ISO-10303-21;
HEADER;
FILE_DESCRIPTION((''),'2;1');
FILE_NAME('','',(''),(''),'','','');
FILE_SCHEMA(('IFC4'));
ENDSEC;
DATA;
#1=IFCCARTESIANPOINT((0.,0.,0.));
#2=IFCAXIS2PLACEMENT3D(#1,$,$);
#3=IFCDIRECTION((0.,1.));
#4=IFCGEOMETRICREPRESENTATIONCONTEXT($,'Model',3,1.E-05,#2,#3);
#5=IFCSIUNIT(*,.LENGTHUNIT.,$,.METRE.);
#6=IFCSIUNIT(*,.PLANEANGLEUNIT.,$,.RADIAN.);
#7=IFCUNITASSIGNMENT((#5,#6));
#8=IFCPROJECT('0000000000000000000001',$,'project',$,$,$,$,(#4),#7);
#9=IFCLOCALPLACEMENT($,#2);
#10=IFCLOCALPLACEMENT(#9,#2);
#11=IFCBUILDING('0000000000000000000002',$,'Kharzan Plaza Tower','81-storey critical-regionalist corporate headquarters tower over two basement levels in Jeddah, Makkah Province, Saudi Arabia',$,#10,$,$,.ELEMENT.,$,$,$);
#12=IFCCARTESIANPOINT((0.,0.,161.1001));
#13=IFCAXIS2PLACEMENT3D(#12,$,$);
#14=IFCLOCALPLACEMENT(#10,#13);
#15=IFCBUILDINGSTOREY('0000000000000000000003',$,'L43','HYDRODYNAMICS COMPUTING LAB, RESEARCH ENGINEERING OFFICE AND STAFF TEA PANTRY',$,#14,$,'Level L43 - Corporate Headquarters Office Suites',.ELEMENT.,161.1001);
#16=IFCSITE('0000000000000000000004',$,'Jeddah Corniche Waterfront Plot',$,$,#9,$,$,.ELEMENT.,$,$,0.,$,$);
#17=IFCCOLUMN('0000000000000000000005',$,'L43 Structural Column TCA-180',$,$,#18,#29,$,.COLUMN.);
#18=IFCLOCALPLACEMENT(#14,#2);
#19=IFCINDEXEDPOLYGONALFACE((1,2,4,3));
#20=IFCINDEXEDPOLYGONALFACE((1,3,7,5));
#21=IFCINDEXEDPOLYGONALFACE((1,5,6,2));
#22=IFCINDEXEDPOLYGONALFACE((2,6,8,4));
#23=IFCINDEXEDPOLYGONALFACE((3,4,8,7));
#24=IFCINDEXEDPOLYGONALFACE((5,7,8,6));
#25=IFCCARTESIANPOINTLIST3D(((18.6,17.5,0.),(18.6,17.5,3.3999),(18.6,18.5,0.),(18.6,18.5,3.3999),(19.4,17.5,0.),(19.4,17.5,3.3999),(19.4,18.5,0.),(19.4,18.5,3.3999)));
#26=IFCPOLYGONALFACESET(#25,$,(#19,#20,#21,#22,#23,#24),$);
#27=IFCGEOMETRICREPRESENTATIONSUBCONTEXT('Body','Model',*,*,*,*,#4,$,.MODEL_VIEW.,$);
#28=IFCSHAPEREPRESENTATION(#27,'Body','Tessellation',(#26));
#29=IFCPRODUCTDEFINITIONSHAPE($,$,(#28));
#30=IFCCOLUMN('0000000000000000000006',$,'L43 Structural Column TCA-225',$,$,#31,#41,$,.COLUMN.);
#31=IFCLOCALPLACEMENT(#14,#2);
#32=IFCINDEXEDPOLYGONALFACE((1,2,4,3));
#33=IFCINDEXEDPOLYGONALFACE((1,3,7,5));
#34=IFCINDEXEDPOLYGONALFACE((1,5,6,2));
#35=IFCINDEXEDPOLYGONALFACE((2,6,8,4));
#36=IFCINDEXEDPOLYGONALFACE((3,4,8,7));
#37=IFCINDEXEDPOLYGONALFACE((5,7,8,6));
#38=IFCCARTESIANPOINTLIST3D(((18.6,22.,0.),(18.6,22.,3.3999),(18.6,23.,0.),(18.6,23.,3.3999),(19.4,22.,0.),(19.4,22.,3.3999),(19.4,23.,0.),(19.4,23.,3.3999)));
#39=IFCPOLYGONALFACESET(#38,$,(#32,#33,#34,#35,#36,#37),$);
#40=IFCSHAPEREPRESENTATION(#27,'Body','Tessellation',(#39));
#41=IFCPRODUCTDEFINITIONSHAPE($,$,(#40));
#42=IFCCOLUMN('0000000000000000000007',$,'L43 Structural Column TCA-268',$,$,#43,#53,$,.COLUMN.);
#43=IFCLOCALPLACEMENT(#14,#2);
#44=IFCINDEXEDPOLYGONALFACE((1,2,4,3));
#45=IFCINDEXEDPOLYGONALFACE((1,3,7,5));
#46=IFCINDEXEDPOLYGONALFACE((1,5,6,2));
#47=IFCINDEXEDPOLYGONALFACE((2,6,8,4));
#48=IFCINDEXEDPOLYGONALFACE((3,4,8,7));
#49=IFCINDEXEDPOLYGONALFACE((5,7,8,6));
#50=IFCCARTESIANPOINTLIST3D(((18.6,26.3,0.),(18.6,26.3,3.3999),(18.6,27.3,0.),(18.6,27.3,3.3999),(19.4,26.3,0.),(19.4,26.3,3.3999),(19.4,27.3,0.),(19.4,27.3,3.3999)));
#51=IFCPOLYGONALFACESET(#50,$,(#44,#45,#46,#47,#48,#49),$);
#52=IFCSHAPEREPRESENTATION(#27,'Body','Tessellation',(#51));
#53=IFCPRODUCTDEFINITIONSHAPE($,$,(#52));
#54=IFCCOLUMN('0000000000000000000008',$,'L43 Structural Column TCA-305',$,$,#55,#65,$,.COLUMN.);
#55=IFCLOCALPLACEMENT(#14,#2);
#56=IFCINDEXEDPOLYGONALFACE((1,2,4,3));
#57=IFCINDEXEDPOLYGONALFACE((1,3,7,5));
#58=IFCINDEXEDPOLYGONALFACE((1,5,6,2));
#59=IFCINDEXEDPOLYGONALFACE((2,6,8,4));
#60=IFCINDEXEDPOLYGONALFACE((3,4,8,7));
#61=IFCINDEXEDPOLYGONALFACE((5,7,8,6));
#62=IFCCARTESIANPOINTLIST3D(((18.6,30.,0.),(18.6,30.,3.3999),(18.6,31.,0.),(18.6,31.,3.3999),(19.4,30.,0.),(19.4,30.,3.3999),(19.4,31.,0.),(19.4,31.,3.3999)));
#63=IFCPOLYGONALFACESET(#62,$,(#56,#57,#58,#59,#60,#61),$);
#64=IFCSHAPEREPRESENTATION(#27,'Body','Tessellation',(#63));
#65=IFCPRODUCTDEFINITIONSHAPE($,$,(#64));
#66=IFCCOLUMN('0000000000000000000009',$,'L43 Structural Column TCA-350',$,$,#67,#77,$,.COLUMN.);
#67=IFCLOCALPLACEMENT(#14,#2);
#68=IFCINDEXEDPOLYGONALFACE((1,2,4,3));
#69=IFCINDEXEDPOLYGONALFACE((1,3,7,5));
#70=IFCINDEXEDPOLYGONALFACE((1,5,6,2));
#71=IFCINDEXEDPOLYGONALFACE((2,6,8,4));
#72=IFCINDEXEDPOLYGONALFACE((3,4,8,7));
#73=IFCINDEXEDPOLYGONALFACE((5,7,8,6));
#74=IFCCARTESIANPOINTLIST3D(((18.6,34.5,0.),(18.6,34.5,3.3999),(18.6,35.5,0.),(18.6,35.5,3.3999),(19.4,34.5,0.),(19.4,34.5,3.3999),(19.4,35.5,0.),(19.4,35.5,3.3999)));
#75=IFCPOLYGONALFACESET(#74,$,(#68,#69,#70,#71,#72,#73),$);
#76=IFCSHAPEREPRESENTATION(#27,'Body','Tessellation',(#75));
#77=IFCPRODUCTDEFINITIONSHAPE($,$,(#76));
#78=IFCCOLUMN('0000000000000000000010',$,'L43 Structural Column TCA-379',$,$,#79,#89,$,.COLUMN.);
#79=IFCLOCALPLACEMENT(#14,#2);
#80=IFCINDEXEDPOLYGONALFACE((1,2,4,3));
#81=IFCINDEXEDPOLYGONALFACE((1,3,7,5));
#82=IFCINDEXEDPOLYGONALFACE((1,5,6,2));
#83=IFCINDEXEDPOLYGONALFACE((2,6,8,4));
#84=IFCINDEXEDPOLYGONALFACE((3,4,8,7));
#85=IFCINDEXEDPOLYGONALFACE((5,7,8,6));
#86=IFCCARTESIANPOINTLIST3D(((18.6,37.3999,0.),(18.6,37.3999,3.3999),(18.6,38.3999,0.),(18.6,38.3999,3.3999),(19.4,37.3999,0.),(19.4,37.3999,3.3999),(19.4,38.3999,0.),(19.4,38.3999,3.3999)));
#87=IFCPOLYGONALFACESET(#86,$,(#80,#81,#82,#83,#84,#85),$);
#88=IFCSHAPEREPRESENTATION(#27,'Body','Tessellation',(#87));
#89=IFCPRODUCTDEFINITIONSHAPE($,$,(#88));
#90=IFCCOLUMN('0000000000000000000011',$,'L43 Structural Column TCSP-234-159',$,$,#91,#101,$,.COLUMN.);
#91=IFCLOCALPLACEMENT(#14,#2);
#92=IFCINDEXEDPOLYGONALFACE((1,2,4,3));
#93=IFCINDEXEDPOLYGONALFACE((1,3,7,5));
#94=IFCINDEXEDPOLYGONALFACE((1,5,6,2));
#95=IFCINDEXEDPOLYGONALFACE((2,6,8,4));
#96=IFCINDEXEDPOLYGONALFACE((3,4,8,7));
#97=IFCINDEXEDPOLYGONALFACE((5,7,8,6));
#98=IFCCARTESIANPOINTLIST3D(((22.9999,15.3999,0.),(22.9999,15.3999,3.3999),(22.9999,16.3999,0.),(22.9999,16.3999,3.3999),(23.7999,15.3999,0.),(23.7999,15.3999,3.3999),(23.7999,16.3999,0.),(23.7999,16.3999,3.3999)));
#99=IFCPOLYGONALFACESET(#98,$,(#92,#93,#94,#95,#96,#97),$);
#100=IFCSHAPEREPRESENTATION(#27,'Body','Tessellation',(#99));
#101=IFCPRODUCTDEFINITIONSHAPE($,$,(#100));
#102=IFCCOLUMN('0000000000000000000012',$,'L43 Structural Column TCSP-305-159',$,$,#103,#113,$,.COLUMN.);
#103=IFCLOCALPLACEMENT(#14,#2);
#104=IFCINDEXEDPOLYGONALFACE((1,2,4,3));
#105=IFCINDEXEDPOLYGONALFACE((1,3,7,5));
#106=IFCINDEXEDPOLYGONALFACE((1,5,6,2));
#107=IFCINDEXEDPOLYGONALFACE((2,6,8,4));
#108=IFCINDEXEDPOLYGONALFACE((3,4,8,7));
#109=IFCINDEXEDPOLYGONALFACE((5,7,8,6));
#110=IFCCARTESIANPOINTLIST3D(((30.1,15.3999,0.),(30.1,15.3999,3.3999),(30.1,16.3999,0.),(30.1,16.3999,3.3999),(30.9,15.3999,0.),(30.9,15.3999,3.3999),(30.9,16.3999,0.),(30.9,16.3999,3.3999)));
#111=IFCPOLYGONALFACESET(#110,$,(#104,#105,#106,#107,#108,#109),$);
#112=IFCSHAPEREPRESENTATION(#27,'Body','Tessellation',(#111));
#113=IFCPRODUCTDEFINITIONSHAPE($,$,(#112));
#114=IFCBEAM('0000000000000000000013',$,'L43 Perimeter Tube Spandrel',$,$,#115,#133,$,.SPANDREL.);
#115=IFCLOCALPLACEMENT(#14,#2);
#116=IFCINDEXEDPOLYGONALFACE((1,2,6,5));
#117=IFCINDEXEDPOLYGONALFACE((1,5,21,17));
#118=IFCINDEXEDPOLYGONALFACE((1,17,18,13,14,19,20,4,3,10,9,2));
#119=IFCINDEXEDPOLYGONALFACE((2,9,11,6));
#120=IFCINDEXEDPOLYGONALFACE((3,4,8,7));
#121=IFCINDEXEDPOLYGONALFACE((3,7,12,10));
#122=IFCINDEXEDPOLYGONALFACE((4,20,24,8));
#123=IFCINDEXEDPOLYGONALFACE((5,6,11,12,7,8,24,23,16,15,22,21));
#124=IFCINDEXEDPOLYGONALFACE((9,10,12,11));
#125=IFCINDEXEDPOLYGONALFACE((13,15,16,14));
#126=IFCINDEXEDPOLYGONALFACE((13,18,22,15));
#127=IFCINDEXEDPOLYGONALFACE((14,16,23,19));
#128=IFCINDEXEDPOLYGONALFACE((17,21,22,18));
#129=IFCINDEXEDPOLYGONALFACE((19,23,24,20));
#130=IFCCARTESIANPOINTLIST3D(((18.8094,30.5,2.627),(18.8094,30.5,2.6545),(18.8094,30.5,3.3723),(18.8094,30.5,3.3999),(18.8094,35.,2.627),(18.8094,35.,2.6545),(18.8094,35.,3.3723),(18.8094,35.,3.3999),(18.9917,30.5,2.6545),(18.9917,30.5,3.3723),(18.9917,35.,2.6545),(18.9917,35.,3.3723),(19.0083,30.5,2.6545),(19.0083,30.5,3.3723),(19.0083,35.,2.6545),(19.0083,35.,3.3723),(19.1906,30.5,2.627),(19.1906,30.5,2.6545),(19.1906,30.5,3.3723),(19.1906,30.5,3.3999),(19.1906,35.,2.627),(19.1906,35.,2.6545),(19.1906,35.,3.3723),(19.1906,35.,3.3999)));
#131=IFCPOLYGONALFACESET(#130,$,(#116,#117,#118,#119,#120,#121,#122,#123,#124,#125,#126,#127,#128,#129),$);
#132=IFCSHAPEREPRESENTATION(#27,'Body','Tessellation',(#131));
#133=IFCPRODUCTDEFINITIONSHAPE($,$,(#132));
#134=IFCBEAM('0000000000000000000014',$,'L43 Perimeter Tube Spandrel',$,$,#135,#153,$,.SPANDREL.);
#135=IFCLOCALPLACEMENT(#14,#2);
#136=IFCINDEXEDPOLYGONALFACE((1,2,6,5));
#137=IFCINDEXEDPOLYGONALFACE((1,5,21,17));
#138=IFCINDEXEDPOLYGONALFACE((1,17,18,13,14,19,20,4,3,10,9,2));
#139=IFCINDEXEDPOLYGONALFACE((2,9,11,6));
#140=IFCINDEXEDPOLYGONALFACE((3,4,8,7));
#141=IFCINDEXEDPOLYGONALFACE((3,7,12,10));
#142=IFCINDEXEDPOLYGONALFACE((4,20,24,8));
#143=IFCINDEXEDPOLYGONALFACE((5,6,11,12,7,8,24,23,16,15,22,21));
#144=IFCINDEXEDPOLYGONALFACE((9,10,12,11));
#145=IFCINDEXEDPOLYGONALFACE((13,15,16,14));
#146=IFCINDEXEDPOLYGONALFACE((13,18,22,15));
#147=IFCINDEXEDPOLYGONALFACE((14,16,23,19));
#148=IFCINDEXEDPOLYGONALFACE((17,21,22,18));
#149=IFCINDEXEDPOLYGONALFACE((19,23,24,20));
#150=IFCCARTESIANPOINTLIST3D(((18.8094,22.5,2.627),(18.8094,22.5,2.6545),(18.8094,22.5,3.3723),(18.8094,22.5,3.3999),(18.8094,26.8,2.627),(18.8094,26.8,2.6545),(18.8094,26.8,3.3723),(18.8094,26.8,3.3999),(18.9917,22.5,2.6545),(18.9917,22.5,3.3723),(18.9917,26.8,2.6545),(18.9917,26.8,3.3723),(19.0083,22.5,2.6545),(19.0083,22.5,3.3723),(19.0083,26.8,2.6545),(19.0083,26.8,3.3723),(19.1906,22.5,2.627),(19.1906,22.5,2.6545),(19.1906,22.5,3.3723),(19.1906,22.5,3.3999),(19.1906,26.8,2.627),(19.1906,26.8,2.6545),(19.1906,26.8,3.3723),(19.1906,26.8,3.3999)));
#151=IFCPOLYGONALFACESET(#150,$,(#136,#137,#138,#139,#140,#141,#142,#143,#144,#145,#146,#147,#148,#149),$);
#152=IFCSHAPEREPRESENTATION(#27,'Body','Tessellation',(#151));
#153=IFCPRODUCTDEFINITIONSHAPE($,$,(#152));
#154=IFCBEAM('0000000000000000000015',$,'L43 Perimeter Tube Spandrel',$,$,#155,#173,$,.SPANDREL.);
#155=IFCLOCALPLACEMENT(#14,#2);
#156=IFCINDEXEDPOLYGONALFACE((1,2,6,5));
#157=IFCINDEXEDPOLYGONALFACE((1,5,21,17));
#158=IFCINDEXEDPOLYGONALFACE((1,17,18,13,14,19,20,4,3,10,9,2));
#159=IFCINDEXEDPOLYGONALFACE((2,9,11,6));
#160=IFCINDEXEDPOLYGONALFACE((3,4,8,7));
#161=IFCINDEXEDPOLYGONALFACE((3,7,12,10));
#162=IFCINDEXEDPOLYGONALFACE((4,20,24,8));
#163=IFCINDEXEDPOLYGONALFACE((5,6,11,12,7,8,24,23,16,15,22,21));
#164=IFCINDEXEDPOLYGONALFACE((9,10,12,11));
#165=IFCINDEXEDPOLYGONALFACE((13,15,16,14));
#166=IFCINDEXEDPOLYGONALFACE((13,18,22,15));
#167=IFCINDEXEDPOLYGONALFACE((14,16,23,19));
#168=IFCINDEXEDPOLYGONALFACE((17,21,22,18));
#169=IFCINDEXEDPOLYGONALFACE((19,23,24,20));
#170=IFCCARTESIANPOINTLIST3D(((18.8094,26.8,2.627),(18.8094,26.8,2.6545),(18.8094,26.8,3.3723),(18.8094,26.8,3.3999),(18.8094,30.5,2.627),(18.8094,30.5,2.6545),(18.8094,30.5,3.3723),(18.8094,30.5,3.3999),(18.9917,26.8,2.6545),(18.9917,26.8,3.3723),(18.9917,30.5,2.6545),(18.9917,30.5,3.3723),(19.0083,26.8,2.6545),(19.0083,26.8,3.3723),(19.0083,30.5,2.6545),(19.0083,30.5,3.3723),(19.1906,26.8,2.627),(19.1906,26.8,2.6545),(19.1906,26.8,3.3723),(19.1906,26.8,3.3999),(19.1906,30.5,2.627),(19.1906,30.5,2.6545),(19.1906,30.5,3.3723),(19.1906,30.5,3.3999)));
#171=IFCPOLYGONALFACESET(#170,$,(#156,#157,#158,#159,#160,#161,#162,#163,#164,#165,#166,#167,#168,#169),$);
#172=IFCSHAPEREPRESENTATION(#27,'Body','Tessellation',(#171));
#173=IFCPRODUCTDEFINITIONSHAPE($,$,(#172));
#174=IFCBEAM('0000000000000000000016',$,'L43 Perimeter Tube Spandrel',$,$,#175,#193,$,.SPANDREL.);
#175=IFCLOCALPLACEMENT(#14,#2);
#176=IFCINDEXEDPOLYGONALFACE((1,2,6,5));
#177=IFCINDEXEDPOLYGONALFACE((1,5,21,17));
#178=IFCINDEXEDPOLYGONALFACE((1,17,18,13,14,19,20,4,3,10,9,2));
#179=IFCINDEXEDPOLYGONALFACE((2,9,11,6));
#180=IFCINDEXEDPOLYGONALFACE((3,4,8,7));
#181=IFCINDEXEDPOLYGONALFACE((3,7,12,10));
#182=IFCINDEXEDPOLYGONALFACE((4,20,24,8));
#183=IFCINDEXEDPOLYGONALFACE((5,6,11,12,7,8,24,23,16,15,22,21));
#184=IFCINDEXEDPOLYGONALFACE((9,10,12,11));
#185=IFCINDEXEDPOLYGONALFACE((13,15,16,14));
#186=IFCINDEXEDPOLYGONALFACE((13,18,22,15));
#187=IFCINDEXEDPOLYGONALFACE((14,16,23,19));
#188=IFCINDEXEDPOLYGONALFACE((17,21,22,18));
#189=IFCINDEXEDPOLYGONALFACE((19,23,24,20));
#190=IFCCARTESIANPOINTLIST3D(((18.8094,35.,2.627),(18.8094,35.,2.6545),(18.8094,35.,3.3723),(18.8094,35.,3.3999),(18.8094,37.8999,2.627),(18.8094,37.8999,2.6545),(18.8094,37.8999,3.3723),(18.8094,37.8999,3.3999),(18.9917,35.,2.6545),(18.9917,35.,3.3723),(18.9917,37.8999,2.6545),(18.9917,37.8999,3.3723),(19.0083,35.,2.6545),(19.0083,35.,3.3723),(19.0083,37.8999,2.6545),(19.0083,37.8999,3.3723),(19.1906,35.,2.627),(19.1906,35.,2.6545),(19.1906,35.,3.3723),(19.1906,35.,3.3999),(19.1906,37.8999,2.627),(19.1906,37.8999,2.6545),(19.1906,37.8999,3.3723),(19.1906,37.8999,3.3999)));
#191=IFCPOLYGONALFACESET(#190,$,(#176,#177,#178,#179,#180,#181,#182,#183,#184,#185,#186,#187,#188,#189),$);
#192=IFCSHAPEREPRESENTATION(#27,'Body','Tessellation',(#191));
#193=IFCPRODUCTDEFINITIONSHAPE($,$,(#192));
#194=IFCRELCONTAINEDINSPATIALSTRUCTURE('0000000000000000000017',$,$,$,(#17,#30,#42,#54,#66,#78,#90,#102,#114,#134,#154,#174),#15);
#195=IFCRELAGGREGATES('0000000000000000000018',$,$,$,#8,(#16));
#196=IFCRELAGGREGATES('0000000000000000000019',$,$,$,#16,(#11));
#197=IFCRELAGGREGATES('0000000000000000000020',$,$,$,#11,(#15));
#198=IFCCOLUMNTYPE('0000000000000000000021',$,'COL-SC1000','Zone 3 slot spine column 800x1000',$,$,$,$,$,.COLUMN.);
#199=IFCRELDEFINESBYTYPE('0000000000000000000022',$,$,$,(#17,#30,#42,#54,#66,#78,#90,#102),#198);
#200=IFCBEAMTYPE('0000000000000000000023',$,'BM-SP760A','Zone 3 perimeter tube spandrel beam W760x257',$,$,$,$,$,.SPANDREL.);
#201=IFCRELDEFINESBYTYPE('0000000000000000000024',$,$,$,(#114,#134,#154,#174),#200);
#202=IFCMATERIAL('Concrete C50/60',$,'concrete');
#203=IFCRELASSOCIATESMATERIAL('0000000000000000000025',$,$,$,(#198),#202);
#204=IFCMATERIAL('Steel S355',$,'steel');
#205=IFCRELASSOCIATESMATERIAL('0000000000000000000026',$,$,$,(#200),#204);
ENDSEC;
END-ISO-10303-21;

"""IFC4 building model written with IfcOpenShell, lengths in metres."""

from ifc_helpers import new_model, si_unit, direction, frame, origin, origin_2d, place, context, subcontext, project, spatial, rectangle, i_section, extrude, source, transform, mapped, material, material_profile, profile_set, type_object, element, save


model = new_model("IFC4")

# Units and contexts
model_context = context("Model", 3, precision=1e-05, world=origin(), true_north=direction((0.0, 1.0)))
body_context = subcontext(model_context, "Body", "Model", "MODEL_VIEW")
ifc_project = project(units=[si_unit("LENGTHUNIT", "METRE"), si_unit("PLANEANGLEUNIT", "RADIAN")], contexts=[model_context])

# Site, building, storey
site_placement = place(None, origin())
site = spatial("IfcSite", under=ifc_project, at=site_placement, Name="Jeddah Corniche Waterfront Plot", CompositionType="ELEMENT", RefElevation=0.0)
building_placement = place(site_placement, origin())
building = spatial("IfcBuilding", under=site, at=building_placement, Name="Kharzan Plaza Tower", Description="81-storey critical-regionalist corporate headquarters tower over two basement levels in Jeddah, Makkah Province, Saudi Arabia", CompositionType="ELEMENT")
storey_placement = place(building_placement, frame((0.0, 0.0, 161.1001)))
storey = spatial("IfcBuildingStorey", under=building, at=storey_placement, Name="L43", Description="HYDRODYNAMICS COMPUTING LAB, RESEARCH ENGINEERING OFFICE AND STAFF TEA PANTRY", LongName="Level L43 - Corporate Headquarters Office Suites", CompositionType="ELEMENT", Elevation=161.1001)

# Columns
ifc_material_1 = material(Name="Concrete C50/60", Category="concrete")
ifc_material_profile_1 = material_profile(ifc_material_1, rectangle(XDim=0.8, YDim=1.0, at=origin_2d()), Name="RC-SC1000x800")
ifc_profile_set_1 = profile_set([ifc_material_profile_1], Name="Concrete C50/60")
column_type = type_object("IfcColumnType", Name="COL-SC1000", Description="Zone 3 slot spine column 800x1000", PredefinedType="COLUMN", material=ifc_profile_set_1)
shared_shape_1 = source(origin(), body_context, "Body", "SweptSolid", [
    extrude(rectangle(XDim=0.8, YDim=1.0, at=origin_2d()), origin(), (0.0, 0.0, 1.0), 3.3999),
])
for number, where, z_axis, x_axis, name in (
    (1, (19.0, 18.0, 0.0), (0.0, 0.0, 1.0), (1.0, 0.0, 0.0), "L43 Structural Column TCA-180"),
    (2, (19.0, 22.5, 0.0), (0.0, 0.0, 1.0), (1.0, 0.0, 0.0), "L43 Structural Column TCA-225"),
    (3, (19.0, 26.8, 0.0), (0.0, 0.0, 1.0), (1.0, 0.0, 0.0), "L43 Structural Column TCA-268"),
    (4, (19.0, 30.5, 0.0), (0.0, 0.0, 1.0), (1.0, 0.0, 0.0), "L43 Structural Column TCA-305"),
    (5, (19.0, 35.0, 0.0), (0.0, 0.0, 1.0), (1.0, 0.0, 0.0), "L43 Structural Column TCA-350"),
    (6, (19.0, 37.8999, 0.0), (0.0, 0.0, 1.0), (1.0, 0.0, 0.0), "L43 Structural Column TCA-379"),
    (7, (23.3999, 15.8999, 0.0), (0.0, 0.0, 1.0), (1.0, 0.0, 0.0), "L43 Structural Column TCSP-234-159"),
    (8, (30.5, 15.8999, 0.0), (0.0, 0.0, 1.0), (1.0, 0.0, 0.0), "L43 Structural Column TCSP-305-159"),
):
    element("IfcColumn", number, at=place(storey_placement, frame(where, z_axis=z_axis, x_axis=x_axis)), inside=storey, type_object=column_type, Name=name, PredefinedType="COLUMN", context=body_context, shape_type="MappedRepresentation", body=[
        mapped(shared_shape_1, transform((0.0, 0.0, 0.0), x_axis=(1.0, 0.0, 0.0), y_axis=(0.0, 1.0, 0.0), z_axis=(0.0, 0.0, 1.0))),
    ])

# Beams
ifc_material_2 = material(Name="Steel S355", Category="steel")
ifc_material_profile_2 = material_profile(ifc_material_2, i_section(OverallWidth=0.3811, OverallDepth=0.7729, WebThickness=0.0166, FlangeThickness=0.0276, at=origin_2d()), Name="W760x257")
ifc_profile_set_2 = profile_set([ifc_material_profile_2], Name="Steel S355")
beam_type = type_object("IfcBeamType", Name="BM-SP760A", Description="Zone 3 perimeter tube spandrel beam W760x257", PredefinedType="SPANDREL", material=ifc_profile_set_2)
shared_shape_2 = source(origin(), body_context, "Body", "SweptSolid", [
    extrude(i_section(OverallWidth=0.3811, OverallDepth=0.7729, WebThickness=0.0166, FlangeThickness=0.0276, at=origin_2d()), origin(), (0.0, 0.0, 1.0), 4.5),
])
beam_1_placement = place(storey_placement, frame((19.0, 30.5, 3.0134), z_axis=(0.0, 1.0, 0.0), x_axis=(-1.0, 0.0, 0.0)))
element("IfcBeam", 9, at=beam_1_placement, inside=storey, type_object=beam_type, Name="L43 Perimeter Tube Spandrel", PredefinedType="SPANDREL", context=body_context, shape_type="MappedRepresentation", body=[
    mapped(shared_shape_2, transform((0.0, 0.0, 0.0), x_axis=(1.0, 0.0, 0.0), y_axis=(0.0, 1.0, 0.0), z_axis=(0.0, 0.0, 1.0))),
])
shared_shape_3 = source(origin(), body_context, "Body", "SweptSolid", [
    extrude(i_section(OverallWidth=0.3811, OverallDepth=0.7729, WebThickness=0.0166, FlangeThickness=0.0276, at=origin_2d()), origin(), (0.0, 0.0, 1.0), 4.3),
])
beam_2_placement = place(storey_placement, frame((19.0, 22.5, 3.0134), z_axis=(0.0, 1.0, 0.0), x_axis=(-1.0, 0.0, 0.0)))
element("IfcBeam", 10, at=beam_2_placement, inside=storey, type_object=beam_type, Name="L43 Perimeter Tube Spandrel", PredefinedType="SPANDREL", context=body_context, shape_type="MappedRepresentation", body=[
    mapped(shared_shape_3, transform((0.0, 0.0, 0.0), x_axis=(1.0, 0.0, 0.0), y_axis=(0.0, 1.0, 0.0), z_axis=(0.0, 0.0, 1.0))),
])
shared_shape_4 = source(origin(), body_context, "Body", "SweptSolid", [
    extrude(i_section(OverallWidth=0.3811, OverallDepth=0.7729, WebThickness=0.0166, FlangeThickness=0.0276, at=origin_2d()), origin(), (0.0, 0.0, 1.0), 3.7),
])
beam_3_placement = place(storey_placement, frame((19.0, 26.8, 3.0134), z_axis=(0.0, 1.0, 0.0), x_axis=(-1.0, 0.0, 0.0)))
element("IfcBeam", 11, at=beam_3_placement, inside=storey, type_object=beam_type, Name="L43 Perimeter Tube Spandrel", PredefinedType="SPANDREL", context=body_context, shape_type="MappedRepresentation", body=[
    mapped(shared_shape_4, transform((0.0, 0.0, 0.0), x_axis=(1.0, 0.0, 0.0), y_axis=(0.0, 1.0, 0.0), z_axis=(0.0, 0.0, 1.0))),
])
shared_shape_5 = source(origin(), body_context, "Body", "SweptSolid", [
    extrude(i_section(OverallWidth=0.3811, OverallDepth=0.7729, WebThickness=0.0166, FlangeThickness=0.0276, at=origin_2d()), origin(), (0.0, 0.0, 1.0), 2.8999),
])
beam_4_placement = place(storey_placement, frame((19.0, 35.0, 3.0134), z_axis=(0.0, 1.0, 0.0), x_axis=(-1.0, 0.0, 0.0)))
element("IfcBeam", 12, at=beam_4_placement, inside=storey, type_object=beam_type, Name="L43 Perimeter Tube Spandrel", PredefinedType="SPANDREL", context=body_context, shape_type="MappedRepresentation", body=[
    mapped(shared_shape_5, transform((0.0, 0.0, 0.0), x_axis=(1.0, 0.0, 0.0), y_axis=(0.0, 1.0, 0.0), z_axis=(0.0, 0.0, 1.0))),
])

save(model, "model.ifc")
